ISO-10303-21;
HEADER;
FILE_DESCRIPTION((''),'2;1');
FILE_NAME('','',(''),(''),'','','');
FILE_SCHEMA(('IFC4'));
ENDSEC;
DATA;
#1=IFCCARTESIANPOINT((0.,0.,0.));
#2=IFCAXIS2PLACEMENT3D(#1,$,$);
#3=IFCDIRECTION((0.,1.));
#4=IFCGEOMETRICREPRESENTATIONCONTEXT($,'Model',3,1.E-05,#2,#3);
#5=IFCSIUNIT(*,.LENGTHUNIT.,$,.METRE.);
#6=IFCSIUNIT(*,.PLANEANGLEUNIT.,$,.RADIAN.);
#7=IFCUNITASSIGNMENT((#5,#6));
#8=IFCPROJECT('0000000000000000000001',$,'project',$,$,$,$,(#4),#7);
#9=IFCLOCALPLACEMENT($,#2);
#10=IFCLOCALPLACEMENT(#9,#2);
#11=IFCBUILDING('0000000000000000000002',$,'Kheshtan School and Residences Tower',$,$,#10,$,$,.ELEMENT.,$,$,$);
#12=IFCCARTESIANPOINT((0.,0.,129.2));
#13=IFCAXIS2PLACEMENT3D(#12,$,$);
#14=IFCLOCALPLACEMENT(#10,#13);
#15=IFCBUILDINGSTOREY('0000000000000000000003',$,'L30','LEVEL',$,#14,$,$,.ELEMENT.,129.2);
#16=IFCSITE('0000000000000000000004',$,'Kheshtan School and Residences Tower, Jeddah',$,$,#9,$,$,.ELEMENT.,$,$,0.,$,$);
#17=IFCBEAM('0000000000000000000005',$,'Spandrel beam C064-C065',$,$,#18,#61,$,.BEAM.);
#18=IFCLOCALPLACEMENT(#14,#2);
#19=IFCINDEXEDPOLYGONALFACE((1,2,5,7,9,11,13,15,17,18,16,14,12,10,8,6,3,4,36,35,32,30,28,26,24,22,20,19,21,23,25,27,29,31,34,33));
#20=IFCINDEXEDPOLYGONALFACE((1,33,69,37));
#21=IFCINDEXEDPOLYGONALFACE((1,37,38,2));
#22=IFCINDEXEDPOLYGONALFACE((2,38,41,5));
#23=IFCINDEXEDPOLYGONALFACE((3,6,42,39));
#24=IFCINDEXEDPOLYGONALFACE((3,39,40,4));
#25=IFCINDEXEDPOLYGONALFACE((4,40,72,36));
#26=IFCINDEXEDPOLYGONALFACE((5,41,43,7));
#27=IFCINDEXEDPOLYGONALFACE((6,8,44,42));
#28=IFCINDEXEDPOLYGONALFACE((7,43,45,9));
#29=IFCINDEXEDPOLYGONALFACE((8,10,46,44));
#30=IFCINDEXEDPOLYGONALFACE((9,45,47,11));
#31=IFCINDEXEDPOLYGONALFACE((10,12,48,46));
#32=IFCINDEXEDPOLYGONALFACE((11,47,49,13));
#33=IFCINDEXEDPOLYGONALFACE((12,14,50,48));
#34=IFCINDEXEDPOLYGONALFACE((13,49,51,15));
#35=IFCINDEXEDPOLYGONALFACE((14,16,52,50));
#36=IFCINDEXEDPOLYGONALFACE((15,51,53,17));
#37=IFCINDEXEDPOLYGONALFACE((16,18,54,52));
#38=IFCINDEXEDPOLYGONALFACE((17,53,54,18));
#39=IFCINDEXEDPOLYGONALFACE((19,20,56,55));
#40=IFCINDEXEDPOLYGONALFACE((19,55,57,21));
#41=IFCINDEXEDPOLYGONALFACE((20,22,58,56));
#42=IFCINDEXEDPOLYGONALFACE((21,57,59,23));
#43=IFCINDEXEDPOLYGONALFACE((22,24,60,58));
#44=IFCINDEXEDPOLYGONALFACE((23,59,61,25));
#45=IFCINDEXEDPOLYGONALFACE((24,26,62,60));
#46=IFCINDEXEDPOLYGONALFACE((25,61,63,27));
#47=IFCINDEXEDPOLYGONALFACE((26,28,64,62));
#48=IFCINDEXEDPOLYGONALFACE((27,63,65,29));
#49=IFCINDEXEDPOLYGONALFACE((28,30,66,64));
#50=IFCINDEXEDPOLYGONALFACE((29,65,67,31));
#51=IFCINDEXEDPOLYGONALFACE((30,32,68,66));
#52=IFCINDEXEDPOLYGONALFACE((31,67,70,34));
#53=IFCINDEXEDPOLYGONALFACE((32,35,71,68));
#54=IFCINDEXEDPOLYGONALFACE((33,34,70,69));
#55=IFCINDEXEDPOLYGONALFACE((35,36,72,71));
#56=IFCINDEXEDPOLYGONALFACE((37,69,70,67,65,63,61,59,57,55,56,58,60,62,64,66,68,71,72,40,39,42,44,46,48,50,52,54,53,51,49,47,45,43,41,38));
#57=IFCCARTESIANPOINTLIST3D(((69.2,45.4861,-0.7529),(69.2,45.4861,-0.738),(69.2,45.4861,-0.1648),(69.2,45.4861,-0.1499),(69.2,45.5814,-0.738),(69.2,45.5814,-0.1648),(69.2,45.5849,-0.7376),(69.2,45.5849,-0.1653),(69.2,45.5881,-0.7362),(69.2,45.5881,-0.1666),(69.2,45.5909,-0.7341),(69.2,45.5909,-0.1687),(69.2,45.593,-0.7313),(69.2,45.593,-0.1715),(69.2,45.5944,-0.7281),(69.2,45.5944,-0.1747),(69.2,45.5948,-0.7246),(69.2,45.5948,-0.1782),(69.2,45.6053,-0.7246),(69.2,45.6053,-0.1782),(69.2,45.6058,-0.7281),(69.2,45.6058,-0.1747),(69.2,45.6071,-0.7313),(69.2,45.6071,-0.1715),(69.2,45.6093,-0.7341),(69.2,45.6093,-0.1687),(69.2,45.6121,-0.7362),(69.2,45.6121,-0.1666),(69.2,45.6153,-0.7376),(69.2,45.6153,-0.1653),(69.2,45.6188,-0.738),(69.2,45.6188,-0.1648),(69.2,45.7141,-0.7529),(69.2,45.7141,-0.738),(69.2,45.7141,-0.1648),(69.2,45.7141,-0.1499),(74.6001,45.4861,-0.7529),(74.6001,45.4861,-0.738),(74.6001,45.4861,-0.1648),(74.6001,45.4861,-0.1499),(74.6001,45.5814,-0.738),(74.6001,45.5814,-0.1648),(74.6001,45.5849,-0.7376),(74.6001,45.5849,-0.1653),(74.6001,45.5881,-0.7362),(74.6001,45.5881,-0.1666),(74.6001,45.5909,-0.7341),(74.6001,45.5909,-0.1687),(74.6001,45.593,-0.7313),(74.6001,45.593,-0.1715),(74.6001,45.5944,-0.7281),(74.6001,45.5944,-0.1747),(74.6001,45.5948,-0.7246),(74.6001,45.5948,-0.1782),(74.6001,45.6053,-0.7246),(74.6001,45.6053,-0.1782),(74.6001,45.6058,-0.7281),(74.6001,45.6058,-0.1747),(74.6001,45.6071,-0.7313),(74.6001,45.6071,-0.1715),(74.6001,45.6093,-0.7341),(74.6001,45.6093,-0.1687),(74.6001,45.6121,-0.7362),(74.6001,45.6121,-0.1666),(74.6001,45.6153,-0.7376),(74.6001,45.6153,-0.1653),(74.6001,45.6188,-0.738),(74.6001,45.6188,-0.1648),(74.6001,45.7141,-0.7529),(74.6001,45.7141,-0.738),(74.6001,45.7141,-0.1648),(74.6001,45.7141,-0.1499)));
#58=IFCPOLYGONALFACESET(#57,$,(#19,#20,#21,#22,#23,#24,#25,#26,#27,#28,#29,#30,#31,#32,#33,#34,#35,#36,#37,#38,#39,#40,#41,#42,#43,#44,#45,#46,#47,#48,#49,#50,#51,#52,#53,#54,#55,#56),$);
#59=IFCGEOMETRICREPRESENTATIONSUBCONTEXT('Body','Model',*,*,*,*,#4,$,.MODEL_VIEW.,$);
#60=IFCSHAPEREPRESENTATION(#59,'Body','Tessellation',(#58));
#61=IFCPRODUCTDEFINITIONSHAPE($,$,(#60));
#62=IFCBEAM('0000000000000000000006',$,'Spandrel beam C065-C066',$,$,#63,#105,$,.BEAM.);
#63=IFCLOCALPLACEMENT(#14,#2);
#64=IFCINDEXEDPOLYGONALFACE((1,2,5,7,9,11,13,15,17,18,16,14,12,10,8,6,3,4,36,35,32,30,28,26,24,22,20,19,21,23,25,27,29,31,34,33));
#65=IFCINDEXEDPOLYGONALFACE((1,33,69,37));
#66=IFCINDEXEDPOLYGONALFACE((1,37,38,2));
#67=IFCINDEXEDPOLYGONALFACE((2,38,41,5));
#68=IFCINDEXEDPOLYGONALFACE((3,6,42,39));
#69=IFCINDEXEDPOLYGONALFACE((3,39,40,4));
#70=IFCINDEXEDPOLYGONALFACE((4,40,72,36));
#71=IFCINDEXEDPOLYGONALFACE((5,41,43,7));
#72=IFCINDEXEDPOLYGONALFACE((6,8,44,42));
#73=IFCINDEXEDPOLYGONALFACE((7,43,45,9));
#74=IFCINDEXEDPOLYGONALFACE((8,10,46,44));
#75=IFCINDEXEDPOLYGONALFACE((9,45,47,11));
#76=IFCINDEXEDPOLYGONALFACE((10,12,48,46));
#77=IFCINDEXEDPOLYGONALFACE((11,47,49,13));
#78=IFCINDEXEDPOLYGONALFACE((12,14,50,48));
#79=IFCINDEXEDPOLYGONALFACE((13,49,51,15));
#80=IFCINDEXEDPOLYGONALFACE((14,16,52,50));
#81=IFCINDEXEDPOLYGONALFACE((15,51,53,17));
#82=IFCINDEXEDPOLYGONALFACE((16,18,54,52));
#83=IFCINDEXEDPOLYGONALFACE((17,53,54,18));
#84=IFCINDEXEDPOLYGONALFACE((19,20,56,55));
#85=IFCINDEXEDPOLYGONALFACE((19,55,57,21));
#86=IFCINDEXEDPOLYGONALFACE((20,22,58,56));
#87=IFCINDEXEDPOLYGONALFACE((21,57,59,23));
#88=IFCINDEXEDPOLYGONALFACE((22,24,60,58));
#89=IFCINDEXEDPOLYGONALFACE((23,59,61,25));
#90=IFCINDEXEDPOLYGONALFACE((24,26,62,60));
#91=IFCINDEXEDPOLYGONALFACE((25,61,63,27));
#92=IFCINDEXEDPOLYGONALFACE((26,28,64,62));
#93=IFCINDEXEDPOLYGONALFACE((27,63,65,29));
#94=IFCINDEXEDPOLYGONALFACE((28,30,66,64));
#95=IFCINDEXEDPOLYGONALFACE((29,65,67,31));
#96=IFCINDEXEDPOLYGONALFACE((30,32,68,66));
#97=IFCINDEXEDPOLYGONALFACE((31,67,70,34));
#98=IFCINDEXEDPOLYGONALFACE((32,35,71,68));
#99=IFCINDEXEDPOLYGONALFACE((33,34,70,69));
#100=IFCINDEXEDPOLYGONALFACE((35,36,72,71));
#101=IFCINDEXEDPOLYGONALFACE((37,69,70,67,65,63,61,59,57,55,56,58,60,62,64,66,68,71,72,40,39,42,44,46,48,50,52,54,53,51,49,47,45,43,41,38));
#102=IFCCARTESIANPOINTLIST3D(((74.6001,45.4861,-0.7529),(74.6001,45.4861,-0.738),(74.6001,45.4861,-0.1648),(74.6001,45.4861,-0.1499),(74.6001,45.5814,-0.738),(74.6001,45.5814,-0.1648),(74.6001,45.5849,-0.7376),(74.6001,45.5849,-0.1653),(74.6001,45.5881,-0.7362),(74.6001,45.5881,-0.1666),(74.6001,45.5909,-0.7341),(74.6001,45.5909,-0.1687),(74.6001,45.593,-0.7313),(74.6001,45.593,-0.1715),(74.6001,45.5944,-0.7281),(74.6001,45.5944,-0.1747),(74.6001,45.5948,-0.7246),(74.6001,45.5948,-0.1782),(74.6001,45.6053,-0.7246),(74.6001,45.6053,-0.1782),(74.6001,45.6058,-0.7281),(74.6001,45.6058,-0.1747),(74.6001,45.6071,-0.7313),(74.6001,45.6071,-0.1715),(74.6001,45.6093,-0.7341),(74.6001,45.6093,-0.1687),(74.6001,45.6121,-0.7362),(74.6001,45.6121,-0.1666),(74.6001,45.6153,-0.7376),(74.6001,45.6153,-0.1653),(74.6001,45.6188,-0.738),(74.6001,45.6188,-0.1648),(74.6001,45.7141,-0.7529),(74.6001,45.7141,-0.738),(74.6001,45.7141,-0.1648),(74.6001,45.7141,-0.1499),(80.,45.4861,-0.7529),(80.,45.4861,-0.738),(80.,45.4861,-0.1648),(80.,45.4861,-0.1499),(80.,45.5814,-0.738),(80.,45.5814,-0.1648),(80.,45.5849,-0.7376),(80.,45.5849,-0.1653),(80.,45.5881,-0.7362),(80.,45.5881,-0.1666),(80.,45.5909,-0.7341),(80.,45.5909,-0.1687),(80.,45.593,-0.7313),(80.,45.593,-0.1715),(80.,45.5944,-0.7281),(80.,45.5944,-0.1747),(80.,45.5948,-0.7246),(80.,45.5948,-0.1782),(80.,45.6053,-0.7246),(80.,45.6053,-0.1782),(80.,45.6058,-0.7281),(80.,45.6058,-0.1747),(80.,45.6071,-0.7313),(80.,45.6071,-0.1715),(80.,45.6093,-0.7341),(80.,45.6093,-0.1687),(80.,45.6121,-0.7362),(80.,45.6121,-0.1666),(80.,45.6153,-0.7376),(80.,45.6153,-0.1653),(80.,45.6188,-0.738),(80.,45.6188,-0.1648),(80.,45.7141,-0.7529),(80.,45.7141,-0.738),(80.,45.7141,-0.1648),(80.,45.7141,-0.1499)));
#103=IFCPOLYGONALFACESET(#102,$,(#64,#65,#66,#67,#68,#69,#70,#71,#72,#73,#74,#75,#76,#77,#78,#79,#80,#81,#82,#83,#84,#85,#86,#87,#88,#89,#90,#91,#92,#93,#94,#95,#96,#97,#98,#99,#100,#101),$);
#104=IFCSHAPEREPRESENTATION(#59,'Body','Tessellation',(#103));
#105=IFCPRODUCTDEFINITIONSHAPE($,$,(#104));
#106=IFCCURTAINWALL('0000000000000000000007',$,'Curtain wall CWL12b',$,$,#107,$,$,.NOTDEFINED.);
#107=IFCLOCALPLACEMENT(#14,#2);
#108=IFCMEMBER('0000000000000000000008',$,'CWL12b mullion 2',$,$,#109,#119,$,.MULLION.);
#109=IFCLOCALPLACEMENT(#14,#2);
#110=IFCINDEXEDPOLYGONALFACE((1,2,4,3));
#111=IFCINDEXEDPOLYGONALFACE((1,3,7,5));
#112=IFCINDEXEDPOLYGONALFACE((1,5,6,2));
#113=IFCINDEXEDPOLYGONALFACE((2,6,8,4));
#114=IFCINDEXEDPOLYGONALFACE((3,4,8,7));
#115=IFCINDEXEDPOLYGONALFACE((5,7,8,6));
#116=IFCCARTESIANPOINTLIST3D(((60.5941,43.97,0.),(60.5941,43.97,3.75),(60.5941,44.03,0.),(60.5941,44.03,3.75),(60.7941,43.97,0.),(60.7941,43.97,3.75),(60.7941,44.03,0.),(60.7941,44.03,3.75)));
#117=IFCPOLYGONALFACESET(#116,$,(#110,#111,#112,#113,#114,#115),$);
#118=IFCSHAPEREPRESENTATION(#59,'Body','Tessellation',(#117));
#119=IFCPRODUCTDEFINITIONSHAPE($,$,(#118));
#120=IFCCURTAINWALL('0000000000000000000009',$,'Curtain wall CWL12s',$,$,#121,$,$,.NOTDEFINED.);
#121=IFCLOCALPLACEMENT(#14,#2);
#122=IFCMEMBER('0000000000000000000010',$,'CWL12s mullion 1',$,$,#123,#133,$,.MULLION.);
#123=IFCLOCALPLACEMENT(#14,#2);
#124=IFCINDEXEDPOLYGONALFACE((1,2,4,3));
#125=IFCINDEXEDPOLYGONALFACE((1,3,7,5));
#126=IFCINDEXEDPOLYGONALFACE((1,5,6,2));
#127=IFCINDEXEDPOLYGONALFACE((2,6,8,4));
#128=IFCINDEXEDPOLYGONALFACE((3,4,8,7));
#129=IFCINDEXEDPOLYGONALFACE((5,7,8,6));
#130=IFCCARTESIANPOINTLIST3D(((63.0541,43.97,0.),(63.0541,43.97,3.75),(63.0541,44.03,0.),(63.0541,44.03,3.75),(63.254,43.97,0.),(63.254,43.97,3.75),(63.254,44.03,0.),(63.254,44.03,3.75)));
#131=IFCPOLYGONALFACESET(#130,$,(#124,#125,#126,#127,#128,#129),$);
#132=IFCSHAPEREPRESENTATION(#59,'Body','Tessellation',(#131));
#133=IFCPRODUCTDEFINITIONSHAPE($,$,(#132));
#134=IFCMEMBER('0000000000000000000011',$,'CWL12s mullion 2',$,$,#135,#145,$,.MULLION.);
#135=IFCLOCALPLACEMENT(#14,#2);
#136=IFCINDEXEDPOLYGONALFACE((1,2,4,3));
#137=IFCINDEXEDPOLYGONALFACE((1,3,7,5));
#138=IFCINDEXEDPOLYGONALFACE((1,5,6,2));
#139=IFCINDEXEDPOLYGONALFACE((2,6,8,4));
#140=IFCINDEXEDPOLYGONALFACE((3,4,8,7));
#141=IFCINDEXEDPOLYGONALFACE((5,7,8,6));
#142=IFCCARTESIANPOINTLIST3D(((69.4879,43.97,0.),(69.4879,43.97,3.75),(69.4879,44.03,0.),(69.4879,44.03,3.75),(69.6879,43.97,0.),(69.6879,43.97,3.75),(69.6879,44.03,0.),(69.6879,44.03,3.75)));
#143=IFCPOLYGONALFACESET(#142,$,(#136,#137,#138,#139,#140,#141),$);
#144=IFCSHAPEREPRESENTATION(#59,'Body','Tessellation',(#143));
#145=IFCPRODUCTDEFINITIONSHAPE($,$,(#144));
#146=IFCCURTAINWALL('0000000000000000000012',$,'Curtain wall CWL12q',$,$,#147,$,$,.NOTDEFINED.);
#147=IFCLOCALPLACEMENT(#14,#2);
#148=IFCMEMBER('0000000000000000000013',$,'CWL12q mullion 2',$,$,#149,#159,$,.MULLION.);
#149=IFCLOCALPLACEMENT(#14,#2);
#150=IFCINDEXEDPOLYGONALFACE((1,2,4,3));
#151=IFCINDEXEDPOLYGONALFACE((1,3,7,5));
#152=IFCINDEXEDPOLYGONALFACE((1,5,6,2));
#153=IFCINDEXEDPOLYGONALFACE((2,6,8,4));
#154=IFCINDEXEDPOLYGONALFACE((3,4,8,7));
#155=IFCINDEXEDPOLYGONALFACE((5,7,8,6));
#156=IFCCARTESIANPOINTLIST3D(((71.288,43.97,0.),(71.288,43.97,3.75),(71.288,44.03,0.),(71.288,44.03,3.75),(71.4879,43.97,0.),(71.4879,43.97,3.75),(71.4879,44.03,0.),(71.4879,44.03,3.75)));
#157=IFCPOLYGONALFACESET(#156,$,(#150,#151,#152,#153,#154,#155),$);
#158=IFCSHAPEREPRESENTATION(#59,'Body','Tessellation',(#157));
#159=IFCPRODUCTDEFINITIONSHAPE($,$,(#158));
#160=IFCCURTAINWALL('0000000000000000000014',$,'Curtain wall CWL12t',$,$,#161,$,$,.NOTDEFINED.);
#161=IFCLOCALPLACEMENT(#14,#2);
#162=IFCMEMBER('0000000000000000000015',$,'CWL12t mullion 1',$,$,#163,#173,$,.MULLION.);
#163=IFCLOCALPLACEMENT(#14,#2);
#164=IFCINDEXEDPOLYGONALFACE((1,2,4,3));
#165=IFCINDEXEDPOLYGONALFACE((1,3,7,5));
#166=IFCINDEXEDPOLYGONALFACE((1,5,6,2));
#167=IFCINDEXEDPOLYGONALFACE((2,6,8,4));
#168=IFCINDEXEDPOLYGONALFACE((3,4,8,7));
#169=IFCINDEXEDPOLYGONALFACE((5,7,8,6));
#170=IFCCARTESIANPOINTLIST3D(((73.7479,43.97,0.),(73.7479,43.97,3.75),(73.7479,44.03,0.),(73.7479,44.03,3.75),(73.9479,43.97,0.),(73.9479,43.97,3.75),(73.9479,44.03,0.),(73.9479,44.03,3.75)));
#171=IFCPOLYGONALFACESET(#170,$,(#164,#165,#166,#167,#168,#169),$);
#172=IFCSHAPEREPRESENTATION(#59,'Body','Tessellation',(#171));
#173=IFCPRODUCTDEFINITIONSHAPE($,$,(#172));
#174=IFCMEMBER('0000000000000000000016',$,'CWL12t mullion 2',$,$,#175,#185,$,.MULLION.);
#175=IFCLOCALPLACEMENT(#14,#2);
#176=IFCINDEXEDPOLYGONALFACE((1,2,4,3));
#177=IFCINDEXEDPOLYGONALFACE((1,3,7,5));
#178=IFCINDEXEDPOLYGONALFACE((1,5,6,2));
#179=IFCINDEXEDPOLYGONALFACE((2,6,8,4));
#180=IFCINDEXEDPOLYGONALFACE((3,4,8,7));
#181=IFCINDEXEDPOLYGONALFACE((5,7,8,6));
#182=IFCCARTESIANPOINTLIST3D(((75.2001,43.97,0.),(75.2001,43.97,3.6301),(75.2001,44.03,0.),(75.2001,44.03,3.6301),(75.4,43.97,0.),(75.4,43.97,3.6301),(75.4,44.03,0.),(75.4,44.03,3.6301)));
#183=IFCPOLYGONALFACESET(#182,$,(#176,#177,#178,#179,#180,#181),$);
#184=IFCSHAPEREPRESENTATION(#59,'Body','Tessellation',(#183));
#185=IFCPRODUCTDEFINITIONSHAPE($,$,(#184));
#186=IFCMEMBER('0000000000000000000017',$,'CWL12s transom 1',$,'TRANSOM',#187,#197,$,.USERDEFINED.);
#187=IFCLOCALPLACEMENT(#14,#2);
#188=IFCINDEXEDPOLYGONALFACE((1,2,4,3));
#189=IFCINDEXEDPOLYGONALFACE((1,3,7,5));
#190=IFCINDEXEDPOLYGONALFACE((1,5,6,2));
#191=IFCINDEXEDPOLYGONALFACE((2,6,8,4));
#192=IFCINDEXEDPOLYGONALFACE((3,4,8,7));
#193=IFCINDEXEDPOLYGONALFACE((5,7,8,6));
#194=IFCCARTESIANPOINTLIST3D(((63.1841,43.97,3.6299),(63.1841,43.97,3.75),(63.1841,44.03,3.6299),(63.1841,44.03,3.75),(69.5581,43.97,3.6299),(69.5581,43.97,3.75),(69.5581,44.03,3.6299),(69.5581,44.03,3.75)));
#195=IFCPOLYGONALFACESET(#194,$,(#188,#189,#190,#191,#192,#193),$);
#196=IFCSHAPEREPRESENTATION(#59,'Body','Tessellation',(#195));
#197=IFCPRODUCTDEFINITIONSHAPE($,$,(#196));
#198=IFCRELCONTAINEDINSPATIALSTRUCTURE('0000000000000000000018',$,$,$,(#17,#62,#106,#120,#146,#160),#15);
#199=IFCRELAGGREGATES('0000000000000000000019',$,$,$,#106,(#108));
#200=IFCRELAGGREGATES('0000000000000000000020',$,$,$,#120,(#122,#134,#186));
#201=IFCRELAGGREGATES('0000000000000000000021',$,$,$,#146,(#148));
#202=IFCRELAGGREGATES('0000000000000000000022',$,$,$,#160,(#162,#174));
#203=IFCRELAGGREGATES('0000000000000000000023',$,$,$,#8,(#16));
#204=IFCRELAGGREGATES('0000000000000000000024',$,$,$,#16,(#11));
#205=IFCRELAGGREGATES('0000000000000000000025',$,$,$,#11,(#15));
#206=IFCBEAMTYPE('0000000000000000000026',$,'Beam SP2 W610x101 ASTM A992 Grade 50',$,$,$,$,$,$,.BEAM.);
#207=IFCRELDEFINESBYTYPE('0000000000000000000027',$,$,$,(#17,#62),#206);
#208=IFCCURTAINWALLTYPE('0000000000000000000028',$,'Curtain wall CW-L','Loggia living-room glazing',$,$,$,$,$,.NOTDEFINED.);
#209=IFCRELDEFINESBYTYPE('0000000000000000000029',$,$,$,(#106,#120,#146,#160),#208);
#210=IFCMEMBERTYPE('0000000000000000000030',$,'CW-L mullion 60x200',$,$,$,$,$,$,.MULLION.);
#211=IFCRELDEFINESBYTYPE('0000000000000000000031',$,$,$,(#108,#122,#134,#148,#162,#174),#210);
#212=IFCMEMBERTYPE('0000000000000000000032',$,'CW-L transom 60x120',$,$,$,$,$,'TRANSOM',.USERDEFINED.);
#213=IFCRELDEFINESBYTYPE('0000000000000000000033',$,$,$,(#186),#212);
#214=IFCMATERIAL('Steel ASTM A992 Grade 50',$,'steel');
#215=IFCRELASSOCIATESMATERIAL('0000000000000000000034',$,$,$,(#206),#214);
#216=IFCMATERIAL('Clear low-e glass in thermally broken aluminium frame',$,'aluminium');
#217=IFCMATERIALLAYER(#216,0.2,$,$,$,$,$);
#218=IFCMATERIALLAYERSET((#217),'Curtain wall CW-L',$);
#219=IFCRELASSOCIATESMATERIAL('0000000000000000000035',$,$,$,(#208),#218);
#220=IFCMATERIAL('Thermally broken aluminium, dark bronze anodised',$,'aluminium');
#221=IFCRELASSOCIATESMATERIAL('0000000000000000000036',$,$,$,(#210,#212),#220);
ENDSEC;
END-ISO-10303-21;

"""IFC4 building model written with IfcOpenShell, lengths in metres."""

from ifc_helpers import new_model, si_unit, direction, frame, origin, origin_2d, place, context, subcontext, project, spatial, rectangle, i_section, extrude, material, layer, layer_set, material_profile, profile_set, type_object, element, aggregate, save


model = new_model("IFC4")

# Units and contexts
model_context = context("Model", 3, precision=1e-05, world=origin(), true_north=direction((0.0, 1.0)))
body_context = subcontext(model_context, "Body", "Model", "MODEL_VIEW")
ifc_project = project(units=[si_unit("LENGTHUNIT", "METRE"), si_unit("PLANEANGLEUNIT", "RADIAN")], contexts=[model_context])

# Site, building, storey
site_placement = place(None, origin())
site = spatial("IfcSite", under=ifc_project, at=site_placement, Name="Kheshtan School and Residences Tower, Jeddah", CompositionType="ELEMENT", RefElevation=0.0)
building_placement = place(site_placement, origin())
building = spatial("IfcBuilding", under=site, at=building_placement, Name="Kheshtan School and Residences Tower", CompositionType="ELEMENT")
storey_placement = place(building_placement, frame((0.0, 0.0, 129.2)))
storey = spatial("IfcBuildingStorey", under=building, at=storey_placement, Name="L30", Description="LEVEL", CompositionType="ELEMENT", Elevation=129.2)

# Shared definitions
ifc_material_1 = material(Name="Steel ASTM A992 Grade 50", Category="steel")

# Beams
ifc_material_profile_1 = material_profile(ifc_material_1, i_section(OverallWidth=0.228, OverallDepth=0.603, WebThickness=0.0105, FlangeThickness=0.0149, FilletRadius=0.0134, at=origin_2d()), Name="W610x101")
ifc_profile_set_1 = profile_set([ifc_material_profile_1], Name="Steel ASTM A992 Grade 50")
beam_type_1 = type_object("IfcBeamType", Name="Beam SP2 W610x101 ASTM A992 Grade 50", PredefinedType="BEAM", material=ifc_profile_set_1)
beam_1_placement = place(storey_placement, frame((69.2, 45.6001, -0.4514), z_axis=(1.0, 0.0, 0.0), x_axis=(0.0, 1.0, 0.0)))
element("IfcBeam", 1, at=beam_1_placement, inside=storey, type_object=beam_type_1, Name="Spandrel beam C064-C065", PredefinedType="BEAM", context=body_context, shape_type="SweptSolid", body=[
    extrude(i_section(OverallWidth=0.228, OverallDepth=0.603, WebThickness=0.0105, FlangeThickness=0.0149, FilletRadius=0.0134, at=origin_2d()), origin(), (0.0, 0.0, 1.0), 5.4001),
])
beam_2_placement = place(storey_placement, frame((74.6001, 45.6001, -0.4514), z_axis=(1.0, 0.0, 0.0), x_axis=(0.0, 1.0, 0.0)))
element("IfcBeam", 2, at=beam_2_placement, inside=storey, type_object=beam_type_1, Name="Spandrel beam C065-C066", PredefinedType="BEAM", context=body_context, shape_type="SweptSolid", body=[
    extrude(i_section(OverallWidth=0.228, OverallDepth=0.603, WebThickness=0.0105, FlangeThickness=0.0149, FilletRadius=0.0134, at=origin_2d()), origin(), (0.0, 0.0, 1.0), 5.3999),
])

# Curtain wall, member
ifc_material_2 = material(Name="Clear low-e glass in thermally broken aluminium frame", Category="aluminium")
ifc_layer_1 = layer(ifc_material_2, 0.2)
ifc_layer_set_1 = layer_set([ifc_layer_1], Name="Curtain wall CW-L")
curtain_wall_type = type_object("IfcCurtainWallType", Name="Curtain wall CW-L", Description="Loggia living-room glazing", PredefinedType="NOTDEFINED", material=ifc_layer_set_1)
curtain_wall_1_placement = place(storey_placement, origin())
curtain_wall_1 = element("IfcCurtainWall", 3, at=curtain_wall_1_placement, inside=storey, type_object=curtain_wall_type, Name="Curtain wall CWL12b", PredefinedType="NOTDEFINED")
ifc_material_3 = material(Name="Thermally broken aluminium, dark bronze anodised", Category="aluminium")
ifc_material_profile_2 = material_profile(ifc_material_3, rectangle(XDim=0.0601, YDim=0.2, at=origin_2d()), Name="CW-L mullion 60x200")
ifc_profile_set_2 = profile_set([ifc_material_profile_2], Name="Thermally broken aluminium, dark bronze anodised")
member_type_1 = type_object("IfcMemberType", Name="CW-L mullion 60x200", PredefinedType="MULLION", material=ifc_profile_set_2)
member_1_placement = place(storey_placement, frame((60.6941, 44.0, 0.0), z_axis=(0.0, 0.0, 1.0), x_axis=(0.0, 1.0, 0.0)))
member_1 = element("IfcMember", 4, at=member_1_placement, type_object=member_type_1, Name="CWL12b mullion 2", PredefinedType="MULLION", context=body_context, shape_type="SweptSolid", body=[
    extrude(rectangle(XDim=0.0601, YDim=0.2, at=origin_2d()), origin(), (0.0, 0.0, 1.0), 3.75),
])
aggregate(curtain_wall_1, [member_1])

# Curtain wall, members
curtain_wall_2_placement = place(storey_placement, origin())
curtain_wall_2 = element("IfcCurtainWall", 5, at=curtain_wall_2_placement, inside=storey, type_object=curtain_wall_type, Name="Curtain wall CWL12s", PredefinedType="NOTDEFINED")
member_2_placement = place(storey_placement, frame((63.1541, 44.0, 0.0), z_axis=(0.0, 0.0, 1.0), x_axis=(0.0, 1.0, 0.0)))
member_2 = element("IfcMember", 6, at=member_2_placement, type_object=member_type_1, Name="CWL12s mullion 1", PredefinedType="MULLION", context=body_context, shape_type="SweptSolid", body=[
    extrude(rectangle(XDim=0.0601, YDim=0.2, at=origin_2d()), origin(), (0.0, 0.0, 1.0), 3.75),
])
member_3_placement = place(storey_placement, frame((69.5879, 44.0, 0.0), z_axis=(0.0, 0.0, 1.0), x_axis=(0.0, 1.0, 0.0)))
member_3 = element("IfcMember", 7, at=member_3_placement, type_object=member_type_1, Name="CWL12s mullion 2", PredefinedType="MULLION", context=body_context, shape_type="SweptSolid", body=[
    extrude(rectangle(XDim=0.0601, YDim=0.2, at=origin_2d()), origin(), (0.0, 0.0, 1.0), 3.75),
])

# Curtain wall, member
curtain_wall_3_placement = place(storey_placement, origin())
curtain_wall_3 = element("IfcCurtainWall", 8, at=curtain_wall_3_placement, inside=storey, type_object=curtain_wall_type, Name="Curtain wall CWL12q", PredefinedType="NOTDEFINED")
member_4_placement = place(storey_placement, frame((71.3879, 44.0, 0.0), z_axis=(0.0, 0.0, 1.0), x_axis=(0.0, 1.0, 0.0)))
member_4 = element("IfcMember", 9, at=member_4_placement, type_object=member_type_1, Name="CWL12q mullion 2", PredefinedType="MULLION", context=body_context, shape_type="SweptSolid", body=[
    extrude(rectangle(XDim=0.0601, YDim=0.2, at=origin_2d()), origin(), (0.0, 0.0, 1.0), 3.75),
])

# Curtain wall, members
curtain_wall_4_placement = place(storey_placement, origin())
curtain_wall_4 = element("IfcCurtainWall", 10, at=curtain_wall_4_placement, inside=storey, type_object=curtain_wall_type, Name="Curtain wall CWL12t", PredefinedType="NOTDEFINED")
member_5_placement = place(storey_placement, frame((73.8479, 44.0, 0.0), z_axis=(0.0, 0.0, 1.0), x_axis=(0.0, 1.0, 0.0)))
member_5 = element("IfcMember", 11, at=member_5_placement, type_object=member_type_1, Name="CWL12t mullion 1", PredefinedType="MULLION", context=body_context, shape_type="SweptSolid", body=[
    extrude(rectangle(XDim=0.0601, YDim=0.2, at=origin_2d()), origin(), (0.0, 0.0, 1.0), 3.75),
])
member_6_placement = place(storey_placement, frame((75.3, 44.0, 0.0), z_axis=(0.0, 0.0, 1.0), x_axis=(0.0, 1.0, 0.0)))
member_6 = element("IfcMember", 12, at=member_6_placement, type_object=member_type_1, Name="CWL12t mullion 2", PredefinedType="MULLION", context=body_context, shape_type="SweptSolid", body=[
    extrude(rectangle(XDim=0.0601, YDim=0.2, at=origin_2d()), origin(), (0.0, 0.0, 1.0), 3.6301),
])

# Member
ifc_material_profile_3 = material_profile(ifc_material_3, rectangle(XDim=0.0601, YDim=0.1201, at=origin_2d()), Name="CW-L transom 60x120")
ifc_profile_set_3 = profile_set([ifc_material_profile_3], Name="Thermally broken aluminium, dark bronze anodised")
member_type_2 = type_object("IfcMemberType", Name="CW-L transom 60x120", ElementType="TRANSOM", PredefinedType="USERDEFINED", material=ifc_profile_set_3)
member_7_placement = place(storey_placement, frame((63.1841, 44.0, 3.6899), z_axis=(1.0, 0.0, 0.0), x_axis=(0.0, 1.0, 0.0)))
member_7 = element("IfcMember", 13, at=member_7_placement, type_object=member_type_2, Name="CWL12s transom 1", ObjectType="TRANSOM", PredefinedType="USERDEFINED", context=body_context, shape_type="SweptSolid", body=[
    extrude(rectangle(XDim=0.0601, YDim=0.1201, at=origin_2d()), origin(), (0.0, 0.0, 1.0), 6.374),
])

aggregate(curtain_wall_2, [member_2, member_3, member_7])
aggregate(curtain_wall_3, [member_4])
aggregate(curtain_wall_4, [member_5, member_6])

save(model, "model.ifc")
